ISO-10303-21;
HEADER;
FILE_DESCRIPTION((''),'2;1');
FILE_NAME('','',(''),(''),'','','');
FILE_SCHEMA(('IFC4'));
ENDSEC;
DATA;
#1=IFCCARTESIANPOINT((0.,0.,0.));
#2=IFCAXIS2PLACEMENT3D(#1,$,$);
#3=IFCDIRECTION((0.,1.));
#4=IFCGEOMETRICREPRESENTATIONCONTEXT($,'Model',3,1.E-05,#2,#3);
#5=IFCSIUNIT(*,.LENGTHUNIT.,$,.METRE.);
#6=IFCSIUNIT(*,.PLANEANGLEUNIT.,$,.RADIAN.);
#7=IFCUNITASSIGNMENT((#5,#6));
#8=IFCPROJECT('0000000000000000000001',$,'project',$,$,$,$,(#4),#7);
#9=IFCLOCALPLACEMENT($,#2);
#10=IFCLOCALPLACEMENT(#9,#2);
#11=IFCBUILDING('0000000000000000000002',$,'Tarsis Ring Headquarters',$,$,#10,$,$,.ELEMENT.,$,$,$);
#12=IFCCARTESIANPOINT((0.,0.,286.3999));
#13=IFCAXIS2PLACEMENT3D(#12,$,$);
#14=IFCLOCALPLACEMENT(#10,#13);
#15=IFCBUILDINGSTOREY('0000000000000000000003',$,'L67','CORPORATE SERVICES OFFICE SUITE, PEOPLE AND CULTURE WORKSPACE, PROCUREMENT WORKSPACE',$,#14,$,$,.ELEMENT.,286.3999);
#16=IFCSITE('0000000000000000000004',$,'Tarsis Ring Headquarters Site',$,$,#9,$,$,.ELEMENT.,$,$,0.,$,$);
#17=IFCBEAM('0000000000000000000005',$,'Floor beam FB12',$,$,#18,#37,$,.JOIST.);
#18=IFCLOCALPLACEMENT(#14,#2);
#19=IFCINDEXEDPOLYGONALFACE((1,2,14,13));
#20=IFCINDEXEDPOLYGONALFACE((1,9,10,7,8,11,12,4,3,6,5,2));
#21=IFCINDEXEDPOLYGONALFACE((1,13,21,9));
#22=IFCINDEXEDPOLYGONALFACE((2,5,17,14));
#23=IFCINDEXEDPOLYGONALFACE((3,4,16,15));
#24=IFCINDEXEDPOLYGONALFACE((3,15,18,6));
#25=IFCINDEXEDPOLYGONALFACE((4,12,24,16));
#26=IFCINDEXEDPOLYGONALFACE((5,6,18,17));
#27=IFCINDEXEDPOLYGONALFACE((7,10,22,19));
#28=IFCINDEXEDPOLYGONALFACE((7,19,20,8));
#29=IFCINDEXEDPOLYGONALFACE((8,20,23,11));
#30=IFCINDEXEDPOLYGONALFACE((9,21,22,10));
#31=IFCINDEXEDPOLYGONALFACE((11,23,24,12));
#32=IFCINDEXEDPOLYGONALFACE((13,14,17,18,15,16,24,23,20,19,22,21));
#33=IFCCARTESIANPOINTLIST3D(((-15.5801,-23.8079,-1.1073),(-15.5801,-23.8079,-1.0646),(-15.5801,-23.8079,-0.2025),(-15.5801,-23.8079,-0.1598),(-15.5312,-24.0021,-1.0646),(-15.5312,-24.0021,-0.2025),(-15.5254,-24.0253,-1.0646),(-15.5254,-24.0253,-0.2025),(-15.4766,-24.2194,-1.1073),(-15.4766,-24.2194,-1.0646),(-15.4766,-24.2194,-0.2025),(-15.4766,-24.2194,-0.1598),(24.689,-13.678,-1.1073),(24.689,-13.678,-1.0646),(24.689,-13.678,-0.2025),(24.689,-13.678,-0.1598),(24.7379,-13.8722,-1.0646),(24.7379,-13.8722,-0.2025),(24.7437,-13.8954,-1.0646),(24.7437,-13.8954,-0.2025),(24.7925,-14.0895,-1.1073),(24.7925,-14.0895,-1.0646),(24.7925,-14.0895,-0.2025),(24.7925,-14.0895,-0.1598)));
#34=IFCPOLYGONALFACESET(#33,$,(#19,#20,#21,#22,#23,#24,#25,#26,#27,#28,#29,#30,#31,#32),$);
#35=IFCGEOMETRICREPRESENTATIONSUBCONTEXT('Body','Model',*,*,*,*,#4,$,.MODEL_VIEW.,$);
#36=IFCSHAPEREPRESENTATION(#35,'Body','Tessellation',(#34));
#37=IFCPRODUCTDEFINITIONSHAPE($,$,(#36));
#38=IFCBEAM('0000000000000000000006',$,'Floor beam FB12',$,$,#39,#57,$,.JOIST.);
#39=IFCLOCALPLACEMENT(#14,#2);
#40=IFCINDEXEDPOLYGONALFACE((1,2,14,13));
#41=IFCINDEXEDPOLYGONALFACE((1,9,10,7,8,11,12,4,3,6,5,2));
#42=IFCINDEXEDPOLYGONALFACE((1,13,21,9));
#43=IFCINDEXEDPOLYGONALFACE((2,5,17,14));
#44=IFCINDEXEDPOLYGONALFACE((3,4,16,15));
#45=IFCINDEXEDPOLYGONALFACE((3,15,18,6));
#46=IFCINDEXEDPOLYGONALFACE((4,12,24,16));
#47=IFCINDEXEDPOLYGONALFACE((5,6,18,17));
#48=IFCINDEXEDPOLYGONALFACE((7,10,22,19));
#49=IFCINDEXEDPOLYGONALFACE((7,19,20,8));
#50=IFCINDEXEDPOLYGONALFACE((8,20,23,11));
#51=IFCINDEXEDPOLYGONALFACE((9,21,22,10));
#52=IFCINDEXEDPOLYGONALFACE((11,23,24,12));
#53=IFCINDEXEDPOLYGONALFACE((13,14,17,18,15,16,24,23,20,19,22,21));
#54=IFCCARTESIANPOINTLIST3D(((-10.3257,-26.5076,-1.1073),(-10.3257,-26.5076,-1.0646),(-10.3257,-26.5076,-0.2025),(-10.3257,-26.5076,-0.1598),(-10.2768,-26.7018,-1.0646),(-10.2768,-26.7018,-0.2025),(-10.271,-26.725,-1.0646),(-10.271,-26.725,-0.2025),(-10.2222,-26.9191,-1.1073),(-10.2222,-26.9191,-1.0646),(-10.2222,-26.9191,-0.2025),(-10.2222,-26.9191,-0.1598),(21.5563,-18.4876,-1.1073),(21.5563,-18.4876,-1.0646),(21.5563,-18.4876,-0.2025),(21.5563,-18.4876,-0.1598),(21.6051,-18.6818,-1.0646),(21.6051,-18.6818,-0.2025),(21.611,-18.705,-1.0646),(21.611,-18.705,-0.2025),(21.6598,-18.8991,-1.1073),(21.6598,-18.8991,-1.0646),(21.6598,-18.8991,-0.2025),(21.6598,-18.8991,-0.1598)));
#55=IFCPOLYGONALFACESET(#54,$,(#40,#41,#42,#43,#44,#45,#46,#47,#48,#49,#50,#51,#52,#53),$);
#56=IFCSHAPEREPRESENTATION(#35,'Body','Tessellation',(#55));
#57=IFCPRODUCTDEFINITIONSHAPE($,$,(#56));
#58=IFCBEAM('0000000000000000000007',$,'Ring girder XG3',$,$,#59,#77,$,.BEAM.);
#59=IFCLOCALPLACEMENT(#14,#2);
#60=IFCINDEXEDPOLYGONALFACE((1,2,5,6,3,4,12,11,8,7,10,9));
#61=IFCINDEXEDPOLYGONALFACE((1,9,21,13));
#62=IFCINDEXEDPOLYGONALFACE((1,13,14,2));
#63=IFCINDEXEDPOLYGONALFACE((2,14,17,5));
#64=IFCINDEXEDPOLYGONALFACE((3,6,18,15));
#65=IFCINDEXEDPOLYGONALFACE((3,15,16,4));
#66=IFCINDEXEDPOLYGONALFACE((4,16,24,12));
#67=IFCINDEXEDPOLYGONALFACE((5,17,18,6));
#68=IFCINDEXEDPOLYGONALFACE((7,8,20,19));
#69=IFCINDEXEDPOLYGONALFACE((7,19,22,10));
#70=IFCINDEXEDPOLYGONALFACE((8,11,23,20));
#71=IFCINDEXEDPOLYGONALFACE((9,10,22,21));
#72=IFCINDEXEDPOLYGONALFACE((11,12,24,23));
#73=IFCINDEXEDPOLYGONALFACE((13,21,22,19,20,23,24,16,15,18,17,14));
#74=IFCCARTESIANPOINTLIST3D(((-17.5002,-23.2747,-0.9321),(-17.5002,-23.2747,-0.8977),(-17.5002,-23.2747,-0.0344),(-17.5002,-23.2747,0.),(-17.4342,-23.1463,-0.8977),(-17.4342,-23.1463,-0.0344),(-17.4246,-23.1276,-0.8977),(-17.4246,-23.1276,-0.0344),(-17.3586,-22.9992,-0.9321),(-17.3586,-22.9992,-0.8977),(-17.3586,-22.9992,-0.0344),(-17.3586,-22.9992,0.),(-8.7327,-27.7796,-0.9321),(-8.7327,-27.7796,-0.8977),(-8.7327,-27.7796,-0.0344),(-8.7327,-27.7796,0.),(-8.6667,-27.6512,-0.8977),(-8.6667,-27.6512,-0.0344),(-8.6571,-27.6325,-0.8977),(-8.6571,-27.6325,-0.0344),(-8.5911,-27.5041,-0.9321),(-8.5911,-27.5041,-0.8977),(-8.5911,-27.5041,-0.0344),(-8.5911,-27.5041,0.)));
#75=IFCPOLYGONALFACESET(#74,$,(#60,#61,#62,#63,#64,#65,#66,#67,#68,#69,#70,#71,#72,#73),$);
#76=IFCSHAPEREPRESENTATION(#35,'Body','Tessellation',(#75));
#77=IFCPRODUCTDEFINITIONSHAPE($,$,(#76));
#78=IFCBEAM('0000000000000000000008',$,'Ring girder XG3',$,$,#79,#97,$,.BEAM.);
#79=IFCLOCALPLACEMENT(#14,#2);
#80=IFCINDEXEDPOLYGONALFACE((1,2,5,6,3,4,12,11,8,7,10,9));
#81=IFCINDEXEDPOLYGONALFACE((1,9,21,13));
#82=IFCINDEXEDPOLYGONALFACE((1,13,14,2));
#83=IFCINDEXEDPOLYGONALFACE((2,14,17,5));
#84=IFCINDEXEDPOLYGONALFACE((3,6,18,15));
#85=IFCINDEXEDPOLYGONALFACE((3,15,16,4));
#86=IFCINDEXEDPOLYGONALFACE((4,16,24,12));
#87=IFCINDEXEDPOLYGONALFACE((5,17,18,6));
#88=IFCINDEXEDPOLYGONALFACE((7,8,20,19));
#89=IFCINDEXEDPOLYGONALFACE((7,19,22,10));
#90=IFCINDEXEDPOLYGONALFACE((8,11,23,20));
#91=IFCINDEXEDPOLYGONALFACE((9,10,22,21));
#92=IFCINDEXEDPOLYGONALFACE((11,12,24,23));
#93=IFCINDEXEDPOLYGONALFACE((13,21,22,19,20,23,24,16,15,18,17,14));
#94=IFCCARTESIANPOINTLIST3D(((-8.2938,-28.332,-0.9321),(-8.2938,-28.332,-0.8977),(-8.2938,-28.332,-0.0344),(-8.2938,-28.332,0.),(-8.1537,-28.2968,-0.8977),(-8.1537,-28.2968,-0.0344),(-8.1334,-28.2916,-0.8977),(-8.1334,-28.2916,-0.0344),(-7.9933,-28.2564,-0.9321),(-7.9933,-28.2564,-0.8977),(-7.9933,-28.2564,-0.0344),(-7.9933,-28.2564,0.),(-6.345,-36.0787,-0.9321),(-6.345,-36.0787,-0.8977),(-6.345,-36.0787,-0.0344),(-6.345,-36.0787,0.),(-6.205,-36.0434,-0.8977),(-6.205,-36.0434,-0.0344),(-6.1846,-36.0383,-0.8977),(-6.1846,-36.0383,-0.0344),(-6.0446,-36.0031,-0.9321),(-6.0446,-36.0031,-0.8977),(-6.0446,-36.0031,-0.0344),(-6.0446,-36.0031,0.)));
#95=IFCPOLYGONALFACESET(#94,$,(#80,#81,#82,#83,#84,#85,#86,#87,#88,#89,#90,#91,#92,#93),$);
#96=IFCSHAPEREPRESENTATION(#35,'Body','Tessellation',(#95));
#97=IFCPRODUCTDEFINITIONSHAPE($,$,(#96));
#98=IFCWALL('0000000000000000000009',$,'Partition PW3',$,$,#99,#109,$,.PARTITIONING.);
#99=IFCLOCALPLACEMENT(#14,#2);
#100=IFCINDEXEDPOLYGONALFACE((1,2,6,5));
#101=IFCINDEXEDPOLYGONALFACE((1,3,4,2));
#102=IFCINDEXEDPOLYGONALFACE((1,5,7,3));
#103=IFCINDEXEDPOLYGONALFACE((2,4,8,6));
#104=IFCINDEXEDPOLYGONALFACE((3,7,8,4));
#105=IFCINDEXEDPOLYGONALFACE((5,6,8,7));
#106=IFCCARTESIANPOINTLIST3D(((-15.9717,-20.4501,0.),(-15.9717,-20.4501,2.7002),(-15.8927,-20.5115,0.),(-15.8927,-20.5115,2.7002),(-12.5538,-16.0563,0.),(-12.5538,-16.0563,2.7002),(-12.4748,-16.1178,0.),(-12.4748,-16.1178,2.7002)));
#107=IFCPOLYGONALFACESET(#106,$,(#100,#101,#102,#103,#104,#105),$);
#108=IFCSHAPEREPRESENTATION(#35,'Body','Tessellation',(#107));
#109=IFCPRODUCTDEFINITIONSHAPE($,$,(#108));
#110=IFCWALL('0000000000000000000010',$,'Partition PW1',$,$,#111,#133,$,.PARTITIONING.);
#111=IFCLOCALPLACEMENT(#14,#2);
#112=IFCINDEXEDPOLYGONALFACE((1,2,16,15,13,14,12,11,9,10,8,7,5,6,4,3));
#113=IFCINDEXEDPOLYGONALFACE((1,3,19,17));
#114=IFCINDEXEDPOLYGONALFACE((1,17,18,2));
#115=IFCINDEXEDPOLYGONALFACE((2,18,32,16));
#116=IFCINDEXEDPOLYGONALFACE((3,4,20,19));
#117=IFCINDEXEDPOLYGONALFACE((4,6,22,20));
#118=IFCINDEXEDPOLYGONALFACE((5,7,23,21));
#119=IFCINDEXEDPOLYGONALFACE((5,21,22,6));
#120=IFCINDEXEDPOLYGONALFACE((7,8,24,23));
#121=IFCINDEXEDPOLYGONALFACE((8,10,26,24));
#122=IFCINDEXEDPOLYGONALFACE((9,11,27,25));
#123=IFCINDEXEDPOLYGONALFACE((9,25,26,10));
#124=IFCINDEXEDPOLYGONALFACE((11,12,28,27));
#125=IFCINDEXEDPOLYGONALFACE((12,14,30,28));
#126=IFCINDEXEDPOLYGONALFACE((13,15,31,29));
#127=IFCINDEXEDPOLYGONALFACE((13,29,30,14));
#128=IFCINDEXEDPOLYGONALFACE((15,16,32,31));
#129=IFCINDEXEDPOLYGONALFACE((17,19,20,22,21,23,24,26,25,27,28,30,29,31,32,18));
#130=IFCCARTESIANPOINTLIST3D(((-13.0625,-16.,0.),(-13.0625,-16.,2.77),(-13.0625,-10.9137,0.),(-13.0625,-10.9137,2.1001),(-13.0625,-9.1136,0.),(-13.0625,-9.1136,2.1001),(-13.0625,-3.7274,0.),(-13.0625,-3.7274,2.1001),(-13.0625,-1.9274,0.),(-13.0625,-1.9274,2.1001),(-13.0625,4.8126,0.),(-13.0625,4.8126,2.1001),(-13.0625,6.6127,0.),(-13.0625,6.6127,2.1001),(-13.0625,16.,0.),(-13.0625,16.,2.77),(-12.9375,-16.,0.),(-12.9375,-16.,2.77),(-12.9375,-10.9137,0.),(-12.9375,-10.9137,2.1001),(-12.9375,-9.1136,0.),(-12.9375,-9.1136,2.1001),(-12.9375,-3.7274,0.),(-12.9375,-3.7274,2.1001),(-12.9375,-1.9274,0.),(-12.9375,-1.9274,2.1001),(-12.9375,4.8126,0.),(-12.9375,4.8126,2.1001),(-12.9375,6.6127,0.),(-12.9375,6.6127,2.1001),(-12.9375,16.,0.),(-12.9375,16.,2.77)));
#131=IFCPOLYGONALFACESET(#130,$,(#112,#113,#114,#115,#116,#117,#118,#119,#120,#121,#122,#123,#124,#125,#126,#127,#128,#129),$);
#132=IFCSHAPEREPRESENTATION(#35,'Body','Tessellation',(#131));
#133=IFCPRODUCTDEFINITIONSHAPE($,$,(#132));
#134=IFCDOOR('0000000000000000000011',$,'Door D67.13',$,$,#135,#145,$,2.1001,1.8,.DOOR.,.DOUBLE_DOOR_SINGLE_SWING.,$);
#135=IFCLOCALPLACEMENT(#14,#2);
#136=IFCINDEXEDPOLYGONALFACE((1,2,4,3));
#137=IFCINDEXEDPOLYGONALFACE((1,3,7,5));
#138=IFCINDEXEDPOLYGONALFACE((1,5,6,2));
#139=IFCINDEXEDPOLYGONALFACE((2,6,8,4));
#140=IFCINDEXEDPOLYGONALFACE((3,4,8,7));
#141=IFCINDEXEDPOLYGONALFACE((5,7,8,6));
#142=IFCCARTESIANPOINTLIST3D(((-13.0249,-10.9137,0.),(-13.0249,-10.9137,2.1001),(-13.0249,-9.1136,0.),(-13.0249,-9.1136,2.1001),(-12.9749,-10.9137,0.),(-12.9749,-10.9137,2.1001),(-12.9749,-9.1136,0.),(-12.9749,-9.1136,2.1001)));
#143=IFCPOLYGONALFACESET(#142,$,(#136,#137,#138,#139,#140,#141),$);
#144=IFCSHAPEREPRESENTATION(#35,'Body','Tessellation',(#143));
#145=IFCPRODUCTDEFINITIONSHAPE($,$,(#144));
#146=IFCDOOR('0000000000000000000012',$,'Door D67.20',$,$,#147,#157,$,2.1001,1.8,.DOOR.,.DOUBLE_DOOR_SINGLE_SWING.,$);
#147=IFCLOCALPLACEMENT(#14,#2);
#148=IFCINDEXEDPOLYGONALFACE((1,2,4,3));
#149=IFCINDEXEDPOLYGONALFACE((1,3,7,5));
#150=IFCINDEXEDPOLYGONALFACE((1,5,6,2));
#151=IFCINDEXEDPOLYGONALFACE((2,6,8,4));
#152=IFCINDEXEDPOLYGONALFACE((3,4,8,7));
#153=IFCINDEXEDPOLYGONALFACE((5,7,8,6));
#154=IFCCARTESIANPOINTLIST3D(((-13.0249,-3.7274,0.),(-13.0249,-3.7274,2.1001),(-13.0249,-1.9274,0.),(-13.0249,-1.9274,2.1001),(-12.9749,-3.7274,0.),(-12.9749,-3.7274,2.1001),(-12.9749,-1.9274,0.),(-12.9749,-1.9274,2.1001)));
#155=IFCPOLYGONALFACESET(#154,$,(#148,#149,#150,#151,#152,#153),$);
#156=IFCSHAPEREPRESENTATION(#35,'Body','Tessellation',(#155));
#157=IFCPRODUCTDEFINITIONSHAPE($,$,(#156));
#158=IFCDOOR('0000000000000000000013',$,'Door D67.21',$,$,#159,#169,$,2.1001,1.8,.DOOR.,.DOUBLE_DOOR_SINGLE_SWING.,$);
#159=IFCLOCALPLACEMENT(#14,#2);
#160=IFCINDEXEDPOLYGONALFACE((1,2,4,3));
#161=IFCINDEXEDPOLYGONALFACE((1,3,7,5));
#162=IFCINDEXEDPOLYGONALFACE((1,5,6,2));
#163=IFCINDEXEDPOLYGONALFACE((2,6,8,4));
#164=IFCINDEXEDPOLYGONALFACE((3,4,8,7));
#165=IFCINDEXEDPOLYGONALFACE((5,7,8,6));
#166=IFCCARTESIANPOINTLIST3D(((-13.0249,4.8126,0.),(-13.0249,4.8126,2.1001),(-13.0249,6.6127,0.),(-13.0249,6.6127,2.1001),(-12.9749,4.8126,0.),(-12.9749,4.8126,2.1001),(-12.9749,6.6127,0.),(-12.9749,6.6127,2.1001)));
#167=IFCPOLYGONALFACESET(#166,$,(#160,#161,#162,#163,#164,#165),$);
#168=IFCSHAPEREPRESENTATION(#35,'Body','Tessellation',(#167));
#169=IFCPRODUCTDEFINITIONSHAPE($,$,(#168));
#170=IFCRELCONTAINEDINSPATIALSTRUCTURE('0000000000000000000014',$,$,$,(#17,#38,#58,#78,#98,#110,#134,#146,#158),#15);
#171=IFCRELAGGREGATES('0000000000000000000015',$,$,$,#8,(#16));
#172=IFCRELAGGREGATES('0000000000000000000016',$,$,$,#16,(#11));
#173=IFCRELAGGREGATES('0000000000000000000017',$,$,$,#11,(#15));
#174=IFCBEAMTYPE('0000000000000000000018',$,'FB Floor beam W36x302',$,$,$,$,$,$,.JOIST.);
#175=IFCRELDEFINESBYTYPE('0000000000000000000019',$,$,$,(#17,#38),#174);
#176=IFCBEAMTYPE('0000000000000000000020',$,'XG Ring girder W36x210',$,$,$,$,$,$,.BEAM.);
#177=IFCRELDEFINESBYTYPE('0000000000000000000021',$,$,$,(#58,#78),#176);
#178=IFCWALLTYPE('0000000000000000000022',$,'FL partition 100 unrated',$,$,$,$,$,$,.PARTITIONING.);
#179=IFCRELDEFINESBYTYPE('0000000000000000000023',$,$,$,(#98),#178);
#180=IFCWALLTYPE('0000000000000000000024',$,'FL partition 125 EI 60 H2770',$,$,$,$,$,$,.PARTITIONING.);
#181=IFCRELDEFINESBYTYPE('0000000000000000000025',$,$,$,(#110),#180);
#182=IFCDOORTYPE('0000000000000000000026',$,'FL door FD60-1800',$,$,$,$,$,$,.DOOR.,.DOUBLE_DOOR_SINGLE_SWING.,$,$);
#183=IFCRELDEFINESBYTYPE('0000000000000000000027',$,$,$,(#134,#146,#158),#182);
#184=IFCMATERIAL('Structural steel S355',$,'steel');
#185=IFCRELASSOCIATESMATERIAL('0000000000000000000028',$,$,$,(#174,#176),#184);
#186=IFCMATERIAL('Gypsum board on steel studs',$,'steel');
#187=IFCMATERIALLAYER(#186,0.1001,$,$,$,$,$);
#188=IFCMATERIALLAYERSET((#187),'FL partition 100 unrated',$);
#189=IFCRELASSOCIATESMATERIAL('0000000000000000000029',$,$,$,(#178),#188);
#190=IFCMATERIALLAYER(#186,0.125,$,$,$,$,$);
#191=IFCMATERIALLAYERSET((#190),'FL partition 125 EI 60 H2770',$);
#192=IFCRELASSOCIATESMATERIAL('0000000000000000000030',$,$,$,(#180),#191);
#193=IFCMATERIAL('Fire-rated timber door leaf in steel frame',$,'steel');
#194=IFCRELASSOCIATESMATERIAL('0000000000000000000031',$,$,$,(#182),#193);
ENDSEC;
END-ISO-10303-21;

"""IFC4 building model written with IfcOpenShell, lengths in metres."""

from ifc_helpers import new_model, si_unit, direction, frame, frame_2d, origin, origin_2d, place, context, subcontext, project, spatial, rectangle, i_section, extrude, material, layer, layer_set, material_profile, profile_set, type_object, element, fill, save


model = new_model("IFC4")

# Units and contexts
model_context = context("Model", 3, precision=1e-05, world=origin(), true_north=direction((0.0, 1.0)))
body_context = subcontext(model_context, "Body", "Model", "MODEL_VIEW")
ifc_project = project(units=[si_unit("LENGTHUNIT", "METRE"), si_unit("PLANEANGLEUNIT", "RADIAN")], contexts=[model_context])

# Site, building, storey
site_placement = place(None, origin())
site = spatial("IfcSite", under=ifc_project, at=site_placement, Name="Tarsis Ring Headquarters Site", CompositionType="ELEMENT", RefElevation=0.0)
building_placement = place(site_placement, origin())
building = spatial("IfcBuilding", under=site, at=building_placement, Name="Tarsis Ring Headquarters", CompositionType="ELEMENT")
storey_placement = place(building_placement, frame((0.0, 0.0, 286.3999)))
storey = spatial("IfcBuildingStorey", under=building, at=storey_placement, Name="L67", Description="CORPORATE SERVICES OFFICE SUITE, PEOPLE AND CULTURE WORKSPACE, PROCUREMENT WORKSPACE", CompositionType="ELEMENT", Elevation=286.3999)

# Shared definitions
ifc_material_1 = material(Name="Structural steel S355", Category="steel")

# Beams
ifc_material_profile_1 = material_profile(ifc_material_1, i_section(OverallWidth=0.4243, OverallDepth=0.9475, WebThickness=0.0239, FlangeThickness=0.0427, at=origin_2d()), Name="W36x302")
ifc_profile_set_1 = profile_set([ifc_material_profile_1], Name="Structural steel S355")
beam_type_1 = type_object("IfcBeamType", Name="FB Floor beam W36x302", PredefinedType="JOIST", material=ifc_profile_set_1)
beam_1_placement = place(storey_placement, frame((-15.5283, -24.0137, -0.6335), z_axis=(0.969787, 0.243955, 0.0), x_axis=(-0.243955, 0.969787, 0.0)))
element("IfcBeam", 1, at=beam_1_placement, inside=storey, type_object=beam_type_1, Name="Floor beam FB12", PredefinedType="JOIST", context=body_context, shape_type="SweptSolid", body=[
    extrude(i_section(OverallWidth=0.4243, OverallDepth=0.9475, WebThickness=0.0239, FlangeThickness=0.0427, at=origin_2d()), origin(), (0.0, 0.0, 1.0), 41.5237),
])
beam_2_placement = place(storey_placement, frame((-10.2739, -26.7134, -0.6335), z_axis=(0.969787, 0.243952, 0.0), x_axis=(-0.243952, 0.969787, 0.0)))
element("IfcBeam", 2, at=beam_2_placement, inside=storey, type_object=beam_type_1, Name="Floor beam FB12", PredefinedType="JOIST", context=body_context, shape_type="SweptSolid", body=[
    extrude(i_section(OverallWidth=0.4243, OverallDepth=0.9475, WebThickness=0.0239, FlangeThickness=0.0427, at=origin_2d()), origin(), (0.0, 0.0, 1.0), 32.8752),
])
ifc_material_profile_2 = material_profile(ifc_material_1, i_section(OverallWidth=0.3098, OverallDepth=0.9321, WebThickness=0.021, FlangeThickness=0.0344, at=origin_2d()), Name="W36x210")
ifc_profile_set_2 = profile_set([ifc_material_profile_2], Name="Structural steel S355")
beam_type_2 = type_object("IfcBeamType", Name="XG Ring girder W36x210", PredefinedType="BEAM", material=ifc_profile_set_2)
beam_3_placement = place(storey_placement, frame((-17.4294, -23.137, -0.4661), z_axis=(0.889459, -0.457014, 0.0), x_axis=(0.457014, 0.889459, 0.0)))
element("IfcBeam", 3, at=beam_3_placement, inside=storey, type_object=beam_type_2, Name="Ring girder XG3", PredefinedType="BEAM", context=body_context, shape_type="SweptSolid", body=[
    extrude(i_section(OverallWidth=0.3098, OverallDepth=0.9321, WebThickness=0.021, FlangeThickness=0.0344, at=origin_2d()), origin(), (0.0, 0.0, 1.0), 9.8572),
])
beam_4_placement = place(storey_placement, frame((-8.1436, -28.2942, -0.4661), z_axis=(0.243959, -0.969785, 0.0), x_axis=(0.969785, 0.243959, 0.0)))
element("IfcBeam", 4, at=beam_4_placement, inside=storey, type_object=beam_type_2, Name="Ring girder XG3", PredefinedType="BEAM", context=body_context, shape_type="SweptSolid", body=[
    extrude(i_section(OverallWidth=0.3098, OverallDepth=0.9321, WebThickness=0.021, FlangeThickness=0.0344, at=origin_2d()), origin(), (0.0, 0.0, 1.0), 7.988),
])

# Wall
ifc_material_2 = material(Name="Gypsum board on steel studs", Category="steel")
ifc_layer_1 = layer(ifc_material_2, 0.1001)
ifc_layer_set_1 = layer_set([ifc_layer_1], Name="FL partition 100 unrated")
wall_type_1 = type_object("IfcWallType", Name="FL partition 100 unrated", PredefinedType="PARTITIONING", material=ifc_layer_set_1)
wall_1_placement = place(storey_placement, frame((-15.9321, -20.4807, 0.0), z_axis=(0.0, 0.0, 1.0), x_axis=(0.614004, 0.789303, 0.0)))
element("IfcWall", 5, at=wall_1_placement, inside=storey, type_object=wall_type_1, Name="Partition PW3", PredefinedType="PARTITIONING", context=body_context, shape_type="SweptSolid", body=[
    extrude(rectangle(XDim=5.5667, YDim=0.1001, at=frame_2d((2.7832, 0.0))), origin(), (0.0, 0.0, 1.0), 2.7002),
])

# Wall, openings, doors
ifc_layer_2 = layer(ifc_material_2, 0.125)
ifc_layer_set_2 = layer_set([ifc_layer_2], Name="FL partition 125 EI 60 H2770")
wall_type_2 = type_object("IfcWallType", Name="FL partition 125 EI 60 H2770", PredefinedType="PARTITIONING", material=ifc_layer_set_2)
wall_2_placement = place(storey_placement, frame((-13.0, -16.0, 0.0), z_axis=(0.0, 0.0, 1.0), x_axis=(0.0, 1.0, 0.0)))
wall_2 = element("IfcWall", 6, at=wall_2_placement, inside=storey, type_object=wall_type_2, Name="Partition PW1", PredefinedType="PARTITIONING", context=body_context, shape_type="SweptSolid", body=[
    extrude(rectangle(XDim=32.0, YDim=0.125, at=frame_2d((16.0, 0.0))), origin(), (0.0, 0.0, 1.0), 2.77),
])
opening_1_placement = place(wall_2_placement, frame((5.0864, 0.0, 0.0)))
opening_1 = element("IfcOpeningElement", 7, at=opening_1_placement, cuts=wall_2, PredefinedType="OPENING", context=body_context, shape_type="SweptSolid", body=[
    extrude(rectangle(XDim=1.8, YDim=2.1001, at=frame_2d((0.8999, 1.05))), frame((0.0, 0.0725, 0.0), z_axis=(0.0, -1.0, 0.0), x_axis=(1.0, 0.0, 0.0)), (0.0, 0.0, 1.0), 0.145),
])
opening_2_placement = place(wall_2_placement, frame((12.2727, 0.0, 0.0)))
opening_2 = element("IfcOpeningElement", 8, at=opening_2_placement, cuts=wall_2, PredefinedType="OPENING", context=body_context, shape_type="SweptSolid", body=[
    extrude(rectangle(XDim=1.8, YDim=2.1001, at=frame_2d((0.8999, 1.05))), frame((0.0, 0.0725, 0.0), z_axis=(0.0, -1.0, 0.0), x_axis=(1.0, 0.0, 0.0)), (0.0, 0.0, 1.0), 0.145),
])
opening_3_placement = place(wall_2_placement, frame((20.8127, 0.0, 0.0)))
opening_3 = element("IfcOpeningElement", 9, at=opening_3_placement, cuts=wall_2, PredefinedType="OPENING", context=body_context, shape_type="SweptSolid", body=[
    extrude(rectangle(XDim=1.8, YDim=2.1001, at=frame_2d((0.8999, 1.05))), frame((0.0, 0.0725, 0.0), z_axis=(0.0, -1.0, 0.0), x_axis=(1.0, 0.0, 0.0)), (0.0, 0.0, 1.0), 0.145),
])
ifc_material_3 = material(Name="Fire-rated timber door leaf in steel frame", Category="steel")
door_type_1 = type_object("IfcDoorType", Name="FL door FD60-1800", OperationType="DOUBLE_DOOR_SINGLE_SWING", PredefinedType="DOOR", material=ifc_material_3)
door_1_placement = place(opening_1_placement, origin())
door_1 = element("IfcDoor", 10, at=door_1_placement, inside=storey, type_object=door_type_1, Name="Door D67.13", OperationType="DOUBLE_DOOR_SINGLE_SWING", OverallHeight=2.1001, OverallWidth=1.8, PredefinedType="DOOR", context=body_context, shape_type="SweptSolid", body=[
    extrude(rectangle(XDim=1.8, YDim=2.1001, at=frame_2d((0.8999, 1.05))), frame((0.0, 0.0249, 0.0), z_axis=(0.0, -1.0, 0.0), x_axis=(1.0, 0.0, 0.0)), (0.0, 0.0, 1.0), 0.05),
])
fill(opening_1, door_1)
door_2_placement = place(opening_2_placement, origin())
door_2 = element("IfcDoor", 11, at=door_2_placement, inside=storey, type_object=door_type_1, Name="Door D67.20", OperationType="DOUBLE_DOOR_SINGLE_SWING", OverallHeight=2.1001, OverallWidth=1.8, PredefinedType="DOOR", context=body_context, shape_type="SweptSolid", body=[
    extrude(rectangle(XDim=1.8, YDim=2.1001, at=frame_2d((0.8999, 1.05))), frame((0.0, 0.0249, 0.0), z_axis=(0.0, -1.0, 0.0), x_axis=(1.0, 0.0, 0.0)), (0.0, 0.0, 1.0), 0.05),
])
fill(opening_2, door_2)
door_3_placement = place(opening_3_placement, origin())
door_3 = element("IfcDoor", 12, at=door_3_placement, inside=storey, type_object=door_type_1, Name="Door D67.21", OperationType="DOUBLE_DOOR_SINGLE_SWING", OverallHeight=2.1001, OverallWidth=1.8, PredefinedType="DOOR", context=body_context, shape_type="SweptSolid", body=[
    extrude(rectangle(XDim=1.8, YDim=2.1001, at=frame_2d((0.8999, 1.05))), frame((0.0, 0.0249, 0.0), z_axis=(0.0, -1.0, 0.0), x_axis=(1.0, 0.0, 0.0)), (0.0, 0.0, 1.0), 0.05),
])
fill(opening_3, door_3)

save(model, "model.ifc")
